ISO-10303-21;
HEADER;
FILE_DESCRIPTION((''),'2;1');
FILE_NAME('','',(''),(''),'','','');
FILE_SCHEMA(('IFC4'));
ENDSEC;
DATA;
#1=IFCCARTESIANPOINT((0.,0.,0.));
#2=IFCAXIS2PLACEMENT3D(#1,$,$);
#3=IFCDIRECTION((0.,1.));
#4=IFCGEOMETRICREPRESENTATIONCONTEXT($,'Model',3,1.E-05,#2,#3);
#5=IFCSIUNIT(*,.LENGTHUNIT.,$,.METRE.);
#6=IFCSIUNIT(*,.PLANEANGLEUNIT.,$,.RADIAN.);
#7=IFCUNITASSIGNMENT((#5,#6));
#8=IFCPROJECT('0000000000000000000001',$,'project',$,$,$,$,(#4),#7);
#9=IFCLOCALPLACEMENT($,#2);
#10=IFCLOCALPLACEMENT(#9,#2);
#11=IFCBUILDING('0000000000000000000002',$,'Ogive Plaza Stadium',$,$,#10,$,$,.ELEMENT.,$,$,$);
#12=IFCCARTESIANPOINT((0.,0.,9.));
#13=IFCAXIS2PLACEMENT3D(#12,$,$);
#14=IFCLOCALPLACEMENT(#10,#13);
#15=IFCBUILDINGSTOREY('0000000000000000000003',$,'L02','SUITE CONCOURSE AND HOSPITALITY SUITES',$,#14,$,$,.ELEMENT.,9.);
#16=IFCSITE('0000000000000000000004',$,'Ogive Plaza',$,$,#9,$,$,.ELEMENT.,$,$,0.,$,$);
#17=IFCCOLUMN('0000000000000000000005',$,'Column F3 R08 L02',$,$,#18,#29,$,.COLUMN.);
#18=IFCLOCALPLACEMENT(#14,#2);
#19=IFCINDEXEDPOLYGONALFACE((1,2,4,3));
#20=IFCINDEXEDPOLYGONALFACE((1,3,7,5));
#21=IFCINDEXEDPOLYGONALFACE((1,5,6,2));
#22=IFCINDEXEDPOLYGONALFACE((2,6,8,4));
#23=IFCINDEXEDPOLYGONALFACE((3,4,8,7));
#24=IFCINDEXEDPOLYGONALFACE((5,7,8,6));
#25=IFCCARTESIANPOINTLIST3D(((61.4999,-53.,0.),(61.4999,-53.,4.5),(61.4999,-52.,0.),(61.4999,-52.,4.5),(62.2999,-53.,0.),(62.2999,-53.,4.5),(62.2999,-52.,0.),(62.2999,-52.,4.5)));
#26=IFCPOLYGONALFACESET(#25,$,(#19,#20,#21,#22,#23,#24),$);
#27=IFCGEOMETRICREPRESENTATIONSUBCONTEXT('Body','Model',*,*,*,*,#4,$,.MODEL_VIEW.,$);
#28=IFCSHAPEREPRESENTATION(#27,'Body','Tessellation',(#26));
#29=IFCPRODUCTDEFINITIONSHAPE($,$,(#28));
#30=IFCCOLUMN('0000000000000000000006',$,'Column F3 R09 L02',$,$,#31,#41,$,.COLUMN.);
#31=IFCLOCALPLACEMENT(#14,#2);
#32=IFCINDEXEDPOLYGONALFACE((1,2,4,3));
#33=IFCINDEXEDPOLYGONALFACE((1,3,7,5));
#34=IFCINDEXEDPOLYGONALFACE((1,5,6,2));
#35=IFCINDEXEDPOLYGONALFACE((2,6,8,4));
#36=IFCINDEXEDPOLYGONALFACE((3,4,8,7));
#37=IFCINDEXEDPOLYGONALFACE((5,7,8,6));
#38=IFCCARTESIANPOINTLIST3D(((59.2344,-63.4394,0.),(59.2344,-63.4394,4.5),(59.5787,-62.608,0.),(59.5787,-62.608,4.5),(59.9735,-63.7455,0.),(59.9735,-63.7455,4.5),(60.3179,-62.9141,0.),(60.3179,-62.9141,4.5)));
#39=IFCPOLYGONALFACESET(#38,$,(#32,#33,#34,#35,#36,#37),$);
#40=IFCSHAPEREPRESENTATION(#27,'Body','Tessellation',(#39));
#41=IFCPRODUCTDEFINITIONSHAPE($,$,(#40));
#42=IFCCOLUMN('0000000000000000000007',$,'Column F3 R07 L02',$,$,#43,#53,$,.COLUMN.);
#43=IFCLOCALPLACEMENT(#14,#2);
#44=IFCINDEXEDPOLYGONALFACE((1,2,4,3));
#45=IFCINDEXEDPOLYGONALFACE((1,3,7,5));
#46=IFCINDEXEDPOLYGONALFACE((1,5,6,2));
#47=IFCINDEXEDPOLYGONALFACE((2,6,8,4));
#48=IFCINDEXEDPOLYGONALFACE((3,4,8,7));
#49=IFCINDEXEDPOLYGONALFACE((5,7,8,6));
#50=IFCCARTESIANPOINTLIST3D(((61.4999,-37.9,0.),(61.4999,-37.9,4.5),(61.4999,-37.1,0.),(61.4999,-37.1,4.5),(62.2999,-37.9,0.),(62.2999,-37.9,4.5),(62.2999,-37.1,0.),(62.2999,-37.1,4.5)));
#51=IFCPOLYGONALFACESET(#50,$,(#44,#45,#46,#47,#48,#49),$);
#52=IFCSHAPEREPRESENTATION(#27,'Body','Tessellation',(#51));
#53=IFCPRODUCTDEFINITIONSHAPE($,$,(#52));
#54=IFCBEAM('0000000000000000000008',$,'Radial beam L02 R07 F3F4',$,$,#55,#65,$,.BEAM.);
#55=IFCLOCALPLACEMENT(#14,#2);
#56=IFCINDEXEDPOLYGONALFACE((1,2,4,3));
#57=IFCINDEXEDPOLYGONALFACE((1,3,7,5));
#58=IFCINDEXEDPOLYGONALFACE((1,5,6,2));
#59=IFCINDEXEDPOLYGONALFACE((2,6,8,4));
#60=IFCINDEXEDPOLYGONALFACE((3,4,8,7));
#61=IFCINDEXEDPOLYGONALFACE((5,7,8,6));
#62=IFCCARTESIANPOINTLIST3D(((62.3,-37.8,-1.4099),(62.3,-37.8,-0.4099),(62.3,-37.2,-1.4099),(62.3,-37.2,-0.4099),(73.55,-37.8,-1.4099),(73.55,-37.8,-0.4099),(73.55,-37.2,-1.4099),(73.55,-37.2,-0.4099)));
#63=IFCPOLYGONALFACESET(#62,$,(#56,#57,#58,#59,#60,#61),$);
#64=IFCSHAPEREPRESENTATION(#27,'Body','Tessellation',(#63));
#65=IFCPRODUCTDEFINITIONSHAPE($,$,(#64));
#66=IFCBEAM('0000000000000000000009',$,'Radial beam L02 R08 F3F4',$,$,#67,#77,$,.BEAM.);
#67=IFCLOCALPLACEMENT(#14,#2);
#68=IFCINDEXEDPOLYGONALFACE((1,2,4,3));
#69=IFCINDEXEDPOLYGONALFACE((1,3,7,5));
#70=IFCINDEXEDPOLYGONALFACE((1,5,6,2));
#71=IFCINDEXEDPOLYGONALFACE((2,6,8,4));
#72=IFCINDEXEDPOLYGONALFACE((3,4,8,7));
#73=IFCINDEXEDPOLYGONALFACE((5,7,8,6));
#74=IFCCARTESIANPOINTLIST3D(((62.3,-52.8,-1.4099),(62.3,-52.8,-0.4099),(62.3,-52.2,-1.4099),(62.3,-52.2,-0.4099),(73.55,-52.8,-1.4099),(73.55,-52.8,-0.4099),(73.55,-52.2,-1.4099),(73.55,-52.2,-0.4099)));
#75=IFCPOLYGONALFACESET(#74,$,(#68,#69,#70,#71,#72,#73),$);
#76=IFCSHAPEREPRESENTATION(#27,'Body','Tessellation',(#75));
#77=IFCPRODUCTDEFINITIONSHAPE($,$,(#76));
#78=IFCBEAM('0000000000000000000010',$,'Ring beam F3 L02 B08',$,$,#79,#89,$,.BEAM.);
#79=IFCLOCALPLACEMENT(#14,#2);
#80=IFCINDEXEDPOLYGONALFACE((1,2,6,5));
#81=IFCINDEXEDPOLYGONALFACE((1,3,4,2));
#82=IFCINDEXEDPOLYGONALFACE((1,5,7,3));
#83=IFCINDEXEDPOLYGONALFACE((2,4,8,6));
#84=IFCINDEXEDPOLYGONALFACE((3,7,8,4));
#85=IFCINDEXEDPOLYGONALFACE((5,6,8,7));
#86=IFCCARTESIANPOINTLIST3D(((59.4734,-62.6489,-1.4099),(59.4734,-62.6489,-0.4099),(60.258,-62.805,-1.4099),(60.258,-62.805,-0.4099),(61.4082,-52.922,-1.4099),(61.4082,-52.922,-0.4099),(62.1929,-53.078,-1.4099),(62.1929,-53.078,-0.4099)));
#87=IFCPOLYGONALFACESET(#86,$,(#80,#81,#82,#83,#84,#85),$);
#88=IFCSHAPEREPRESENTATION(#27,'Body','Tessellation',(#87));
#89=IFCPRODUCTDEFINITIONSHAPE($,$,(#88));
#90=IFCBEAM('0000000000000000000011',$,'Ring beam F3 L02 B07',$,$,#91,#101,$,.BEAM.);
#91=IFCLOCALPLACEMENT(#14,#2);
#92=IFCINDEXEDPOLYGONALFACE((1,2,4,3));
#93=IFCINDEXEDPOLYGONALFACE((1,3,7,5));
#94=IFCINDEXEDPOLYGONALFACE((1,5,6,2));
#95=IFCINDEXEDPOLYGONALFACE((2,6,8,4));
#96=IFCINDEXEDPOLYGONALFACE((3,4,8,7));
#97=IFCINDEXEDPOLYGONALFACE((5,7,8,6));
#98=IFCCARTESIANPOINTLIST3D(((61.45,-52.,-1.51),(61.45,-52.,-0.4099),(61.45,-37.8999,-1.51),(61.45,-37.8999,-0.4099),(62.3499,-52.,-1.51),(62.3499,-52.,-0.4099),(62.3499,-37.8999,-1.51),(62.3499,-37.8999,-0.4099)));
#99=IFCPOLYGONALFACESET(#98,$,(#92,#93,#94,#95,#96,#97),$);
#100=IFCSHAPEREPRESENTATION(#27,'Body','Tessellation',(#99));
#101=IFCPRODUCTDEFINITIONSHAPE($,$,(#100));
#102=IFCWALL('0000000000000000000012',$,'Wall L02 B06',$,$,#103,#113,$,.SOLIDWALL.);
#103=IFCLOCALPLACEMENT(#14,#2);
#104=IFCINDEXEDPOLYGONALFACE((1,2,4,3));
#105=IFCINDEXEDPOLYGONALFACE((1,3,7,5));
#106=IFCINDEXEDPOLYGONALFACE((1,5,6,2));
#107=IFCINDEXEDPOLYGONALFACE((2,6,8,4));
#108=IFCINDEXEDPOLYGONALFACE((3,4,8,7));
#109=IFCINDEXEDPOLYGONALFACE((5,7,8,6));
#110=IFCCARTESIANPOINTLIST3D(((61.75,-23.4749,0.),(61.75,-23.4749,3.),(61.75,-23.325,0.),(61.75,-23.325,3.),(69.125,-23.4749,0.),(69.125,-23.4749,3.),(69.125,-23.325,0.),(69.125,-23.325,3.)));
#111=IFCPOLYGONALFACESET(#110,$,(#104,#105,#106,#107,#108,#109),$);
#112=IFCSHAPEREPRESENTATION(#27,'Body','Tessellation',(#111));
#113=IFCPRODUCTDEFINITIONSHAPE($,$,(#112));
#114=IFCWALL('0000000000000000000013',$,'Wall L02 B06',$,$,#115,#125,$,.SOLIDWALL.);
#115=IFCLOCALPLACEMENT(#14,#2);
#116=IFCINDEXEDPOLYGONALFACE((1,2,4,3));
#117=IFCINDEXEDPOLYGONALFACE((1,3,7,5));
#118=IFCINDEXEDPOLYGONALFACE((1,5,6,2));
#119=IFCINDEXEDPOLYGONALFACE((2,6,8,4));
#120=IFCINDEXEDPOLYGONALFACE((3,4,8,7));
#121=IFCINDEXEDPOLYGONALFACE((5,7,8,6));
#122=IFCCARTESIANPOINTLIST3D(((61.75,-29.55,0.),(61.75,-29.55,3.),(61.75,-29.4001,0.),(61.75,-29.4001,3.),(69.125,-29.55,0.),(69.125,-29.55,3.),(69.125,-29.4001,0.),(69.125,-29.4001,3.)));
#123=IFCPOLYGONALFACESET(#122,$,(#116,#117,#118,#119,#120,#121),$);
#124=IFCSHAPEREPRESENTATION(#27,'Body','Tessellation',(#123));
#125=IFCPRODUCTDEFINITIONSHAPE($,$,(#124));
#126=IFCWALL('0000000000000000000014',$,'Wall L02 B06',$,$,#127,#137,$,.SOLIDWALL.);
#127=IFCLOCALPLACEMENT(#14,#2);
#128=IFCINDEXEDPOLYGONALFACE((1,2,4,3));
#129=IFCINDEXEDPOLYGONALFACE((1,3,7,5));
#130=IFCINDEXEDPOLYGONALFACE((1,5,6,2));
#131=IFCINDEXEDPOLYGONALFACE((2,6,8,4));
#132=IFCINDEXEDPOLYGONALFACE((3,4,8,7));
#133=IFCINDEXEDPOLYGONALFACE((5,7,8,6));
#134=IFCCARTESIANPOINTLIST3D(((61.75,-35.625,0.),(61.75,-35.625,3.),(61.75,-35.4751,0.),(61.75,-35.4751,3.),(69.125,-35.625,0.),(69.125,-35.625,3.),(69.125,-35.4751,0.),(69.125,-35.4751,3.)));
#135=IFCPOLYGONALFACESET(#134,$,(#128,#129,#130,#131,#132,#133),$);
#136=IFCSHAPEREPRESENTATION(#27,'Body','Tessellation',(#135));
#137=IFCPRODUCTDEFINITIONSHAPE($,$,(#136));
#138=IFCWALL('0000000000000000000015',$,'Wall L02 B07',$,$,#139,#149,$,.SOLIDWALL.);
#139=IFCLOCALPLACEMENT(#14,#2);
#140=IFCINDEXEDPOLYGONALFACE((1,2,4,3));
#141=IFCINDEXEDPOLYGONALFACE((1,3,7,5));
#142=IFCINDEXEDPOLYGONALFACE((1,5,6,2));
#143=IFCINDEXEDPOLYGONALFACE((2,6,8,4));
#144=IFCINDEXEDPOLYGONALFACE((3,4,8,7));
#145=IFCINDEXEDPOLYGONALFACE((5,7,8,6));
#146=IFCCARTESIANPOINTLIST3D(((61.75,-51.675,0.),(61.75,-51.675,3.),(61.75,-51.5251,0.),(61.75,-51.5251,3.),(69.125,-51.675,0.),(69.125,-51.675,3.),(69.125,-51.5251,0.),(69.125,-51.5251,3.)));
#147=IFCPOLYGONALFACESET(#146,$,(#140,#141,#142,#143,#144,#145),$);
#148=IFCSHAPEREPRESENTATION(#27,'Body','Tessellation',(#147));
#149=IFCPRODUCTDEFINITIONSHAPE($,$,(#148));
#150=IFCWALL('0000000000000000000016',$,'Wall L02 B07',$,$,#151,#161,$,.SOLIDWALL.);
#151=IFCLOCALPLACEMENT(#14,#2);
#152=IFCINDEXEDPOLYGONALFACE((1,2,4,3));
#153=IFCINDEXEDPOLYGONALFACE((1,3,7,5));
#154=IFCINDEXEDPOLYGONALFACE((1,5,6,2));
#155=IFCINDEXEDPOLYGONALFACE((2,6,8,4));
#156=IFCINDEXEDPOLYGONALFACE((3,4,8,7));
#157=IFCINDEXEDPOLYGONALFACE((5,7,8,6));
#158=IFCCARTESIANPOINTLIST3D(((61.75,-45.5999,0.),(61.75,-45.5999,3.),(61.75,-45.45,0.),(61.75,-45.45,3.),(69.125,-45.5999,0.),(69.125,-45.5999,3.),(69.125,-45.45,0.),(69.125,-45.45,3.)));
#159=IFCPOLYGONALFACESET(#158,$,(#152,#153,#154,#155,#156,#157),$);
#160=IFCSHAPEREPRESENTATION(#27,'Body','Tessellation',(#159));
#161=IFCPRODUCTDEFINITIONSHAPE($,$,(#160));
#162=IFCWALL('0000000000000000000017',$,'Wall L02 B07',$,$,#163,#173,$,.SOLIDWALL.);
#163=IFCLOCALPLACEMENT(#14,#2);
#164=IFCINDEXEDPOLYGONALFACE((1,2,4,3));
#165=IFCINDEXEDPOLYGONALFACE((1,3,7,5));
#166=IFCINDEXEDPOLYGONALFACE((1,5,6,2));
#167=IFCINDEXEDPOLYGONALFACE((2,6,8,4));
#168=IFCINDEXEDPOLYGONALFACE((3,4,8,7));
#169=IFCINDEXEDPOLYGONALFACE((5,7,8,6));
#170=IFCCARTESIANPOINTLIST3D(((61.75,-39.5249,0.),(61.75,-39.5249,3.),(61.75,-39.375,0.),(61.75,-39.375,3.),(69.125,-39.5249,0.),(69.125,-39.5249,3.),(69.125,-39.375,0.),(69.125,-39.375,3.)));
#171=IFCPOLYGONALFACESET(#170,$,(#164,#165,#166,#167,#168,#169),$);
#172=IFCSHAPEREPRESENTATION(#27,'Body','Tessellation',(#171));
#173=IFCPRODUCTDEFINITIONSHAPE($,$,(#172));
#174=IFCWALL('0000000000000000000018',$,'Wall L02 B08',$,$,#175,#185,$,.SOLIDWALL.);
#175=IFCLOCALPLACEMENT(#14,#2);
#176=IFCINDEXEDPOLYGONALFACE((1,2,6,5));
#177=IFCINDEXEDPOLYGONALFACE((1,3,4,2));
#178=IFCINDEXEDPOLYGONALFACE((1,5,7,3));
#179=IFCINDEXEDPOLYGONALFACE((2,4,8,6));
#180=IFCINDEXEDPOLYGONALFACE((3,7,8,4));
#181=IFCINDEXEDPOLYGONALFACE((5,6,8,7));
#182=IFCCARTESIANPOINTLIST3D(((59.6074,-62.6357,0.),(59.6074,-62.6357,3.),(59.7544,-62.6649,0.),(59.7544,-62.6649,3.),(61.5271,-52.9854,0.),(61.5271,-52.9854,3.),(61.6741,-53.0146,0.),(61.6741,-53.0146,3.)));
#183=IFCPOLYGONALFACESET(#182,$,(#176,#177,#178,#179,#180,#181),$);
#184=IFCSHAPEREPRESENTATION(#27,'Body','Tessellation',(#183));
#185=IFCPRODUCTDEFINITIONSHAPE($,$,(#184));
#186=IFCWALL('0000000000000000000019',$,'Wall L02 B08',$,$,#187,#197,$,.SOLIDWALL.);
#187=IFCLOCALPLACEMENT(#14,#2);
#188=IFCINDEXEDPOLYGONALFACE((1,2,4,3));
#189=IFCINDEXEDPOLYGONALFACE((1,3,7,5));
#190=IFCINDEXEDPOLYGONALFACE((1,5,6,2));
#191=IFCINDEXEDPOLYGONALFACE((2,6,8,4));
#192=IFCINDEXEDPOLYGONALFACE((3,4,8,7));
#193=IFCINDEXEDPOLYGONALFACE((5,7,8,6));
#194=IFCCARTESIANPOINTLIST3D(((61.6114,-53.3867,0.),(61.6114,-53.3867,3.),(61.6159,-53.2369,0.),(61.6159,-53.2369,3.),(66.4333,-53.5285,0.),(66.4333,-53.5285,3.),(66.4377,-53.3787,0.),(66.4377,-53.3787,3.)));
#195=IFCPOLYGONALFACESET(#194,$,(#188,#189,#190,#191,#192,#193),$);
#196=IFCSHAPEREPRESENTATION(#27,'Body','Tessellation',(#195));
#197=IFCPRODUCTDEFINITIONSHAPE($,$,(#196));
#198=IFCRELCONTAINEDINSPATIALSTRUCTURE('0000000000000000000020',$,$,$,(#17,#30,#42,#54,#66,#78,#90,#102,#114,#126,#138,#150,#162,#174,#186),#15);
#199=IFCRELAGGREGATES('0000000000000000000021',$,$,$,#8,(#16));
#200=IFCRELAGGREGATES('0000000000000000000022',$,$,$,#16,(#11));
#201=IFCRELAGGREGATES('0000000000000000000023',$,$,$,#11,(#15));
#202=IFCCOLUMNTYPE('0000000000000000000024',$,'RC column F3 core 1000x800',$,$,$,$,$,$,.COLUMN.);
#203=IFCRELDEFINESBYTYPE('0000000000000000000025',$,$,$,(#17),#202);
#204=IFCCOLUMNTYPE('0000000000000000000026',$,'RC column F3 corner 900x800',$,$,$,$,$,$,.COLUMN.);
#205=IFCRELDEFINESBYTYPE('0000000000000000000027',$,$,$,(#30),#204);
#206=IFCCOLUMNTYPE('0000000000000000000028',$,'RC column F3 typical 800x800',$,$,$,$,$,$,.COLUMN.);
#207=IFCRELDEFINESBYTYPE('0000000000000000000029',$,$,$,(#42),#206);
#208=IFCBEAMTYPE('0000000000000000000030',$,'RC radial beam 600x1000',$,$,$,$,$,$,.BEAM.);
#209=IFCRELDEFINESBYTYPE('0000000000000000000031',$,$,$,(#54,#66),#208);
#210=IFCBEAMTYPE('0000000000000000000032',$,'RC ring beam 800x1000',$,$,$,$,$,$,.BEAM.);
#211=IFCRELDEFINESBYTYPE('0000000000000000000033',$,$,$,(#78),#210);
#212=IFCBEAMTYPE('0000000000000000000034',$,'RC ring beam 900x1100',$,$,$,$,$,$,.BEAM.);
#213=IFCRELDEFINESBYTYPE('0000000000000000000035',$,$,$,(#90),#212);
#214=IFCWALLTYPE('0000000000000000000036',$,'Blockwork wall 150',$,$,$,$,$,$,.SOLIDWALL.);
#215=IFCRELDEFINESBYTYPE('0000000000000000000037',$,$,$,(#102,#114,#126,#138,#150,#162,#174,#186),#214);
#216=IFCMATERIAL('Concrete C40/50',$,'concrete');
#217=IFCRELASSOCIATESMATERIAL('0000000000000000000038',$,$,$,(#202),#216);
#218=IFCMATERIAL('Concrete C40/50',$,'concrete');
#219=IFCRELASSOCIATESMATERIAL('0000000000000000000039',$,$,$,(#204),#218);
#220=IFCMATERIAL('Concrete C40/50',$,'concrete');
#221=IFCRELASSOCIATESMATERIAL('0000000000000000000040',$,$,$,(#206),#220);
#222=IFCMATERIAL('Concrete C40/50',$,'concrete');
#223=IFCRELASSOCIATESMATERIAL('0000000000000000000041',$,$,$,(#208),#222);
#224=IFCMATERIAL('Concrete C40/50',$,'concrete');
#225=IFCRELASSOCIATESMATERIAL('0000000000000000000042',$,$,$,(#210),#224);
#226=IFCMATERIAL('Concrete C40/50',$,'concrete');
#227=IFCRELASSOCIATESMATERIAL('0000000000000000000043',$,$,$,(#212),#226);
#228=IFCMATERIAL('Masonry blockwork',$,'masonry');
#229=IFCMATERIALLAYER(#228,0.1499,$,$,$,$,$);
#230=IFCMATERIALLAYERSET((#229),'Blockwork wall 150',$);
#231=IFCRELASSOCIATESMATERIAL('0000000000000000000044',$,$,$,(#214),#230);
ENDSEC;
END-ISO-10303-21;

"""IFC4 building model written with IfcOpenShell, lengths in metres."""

from ifc_helpers import new_model, si_unit, direction, frame, frame_2d, origin, origin_2d, place, context, subcontext, project, spatial, rectangle, extrude, material, layer, layer_set, material_profile, profile_set, type_object, element, save


model = new_model("IFC4")

# Units and contexts
model_context = context("Model", 3, precision=1e-05, world=origin(), true_north=direction((0.0, 1.0)))
body_context = subcontext(model_context, "Body", "Model", "MODEL_VIEW")
ifc_project = project(units=[si_unit("LENGTHUNIT", "METRE"), si_unit("PLANEANGLEUNIT", "RADIAN")], contexts=[model_context])

# Site, building, storey
site_placement = place(None, origin())
site = spatial("IfcSite", under=ifc_project, at=site_placement, Name="Ogive Plaza", CompositionType="ELEMENT", RefElevation=0.0)
building_placement = place(site_placement, origin())
building = spatial("IfcBuilding", under=site, at=building_placement, Name="Ogive Plaza Stadium", CompositionType="ELEMENT")
storey_placement = place(building_placement, frame((0.0, 0.0, 9.0)))
storey = spatial("IfcBuildingStorey", under=building, at=storey_placement, Name="L02", Description="SUITE CONCOURSE AND HOSPITALITY SUITES", CompositionType="ELEMENT", Elevation=9.0)

# Columns
ifc_material_1 = material(Name="Concrete C40/50", Category="concrete")
ifc_material_profile_1 = material_profile(ifc_material_1, rectangle(XDim=1.0, YDim=0.8, at=origin_2d()), Name="RC 1000x800")
ifc_profile_set_1 = profile_set([ifc_material_profile_1], Name="Concrete C40/50")
column_type_1 = type_object("IfcColumnType", Name="RC column F3 core 1000x800", PredefinedType="COLUMN", material=ifc_profile_set_1)
column_1_placement = place(storey_placement, frame((61.8999, -52.5, 0.0), z_axis=(0.0, 0.0, 1.0), x_axis=(0.0, 1.0, 0.0)))
element("IfcColumn", 1, at=column_1_placement, inside=storey, type_object=column_type_1, Name="Column F3 R08 L02", PredefinedType="COLUMN", context=body_context, shape_type="SweptSolid", body=[
    extrude(rectangle(XDim=1.0, YDim=0.8, at=origin_2d()), origin(), (0.0, 0.0, 1.0), 4.5),
])
ifc_material_2 = material(Name="Concrete C40/50", Category="concrete")
ifc_material_profile_2 = material_profile(ifc_material_2, rectangle(XDim=0.8999, YDim=0.8, at=origin_2d()), Name="RC 900x800")
ifc_profile_set_2 = profile_set([ifc_material_profile_2], Name="Concrete C40/50")
column_type_2 = type_object("IfcColumnType", Name="RC column F3 corner 900x800", PredefinedType="COLUMN", material=ifc_profile_set_2)
column_2_placement = place(storey_placement, frame((59.7761, -63.1768, 0.0), z_axis=(0.0, 0.0, 1.0), x_axis=(0.382683, 0.92388, 0.0)))
element("IfcColumn", 2, at=column_2_placement, inside=storey, type_object=column_type_2, Name="Column F3 R09 L02", PredefinedType="COLUMN", context=body_context, shape_type="SweptSolid", body=[
    extrude(rectangle(XDim=0.8999, YDim=0.8, at=origin_2d()), origin(), (0.0, 0.0, 1.0), 4.5),
])
ifc_material_3 = material(Name="Concrete C40/50", Category="concrete")
ifc_material_profile_3 = material_profile(ifc_material_3, rectangle(XDim=0.8, YDim=0.8, at=origin_2d()), Name="RC 800x800")
ifc_profile_set_3 = profile_set([ifc_material_profile_3], Name="Concrete C40/50")
column_type_3 = type_object("IfcColumnType", Name="RC column F3 typical 800x800", PredefinedType="COLUMN", material=ifc_profile_set_3)
column_3_placement = place(storey_placement, frame((61.8999, -37.5, 0.0), z_axis=(0.0, 0.0, 1.0), x_axis=(0.0, 1.0, 0.0)))
element("IfcColumn", 3, at=column_3_placement, inside=storey, type_object=column_type_3, Name="Column F3 R07 L02", PredefinedType="COLUMN", context=body_context, shape_type="SweptSolid", body=[
    extrude(rectangle(XDim=0.8, YDim=0.8, at=origin_2d()), origin(), (0.0, 0.0, 1.0), 4.5),
])

# Beams
ifc_material_4 = material(Name="Concrete C40/50", Category="concrete")
ifc_material_profile_4 = material_profile(ifc_material_4, rectangle(XDim=0.6001, YDim=1.0, at=origin_2d()), Name="RC 600x1000")
ifc_profile_set_4 = profile_set([ifc_material_profile_4], Name="Concrete C40/50")
beam_type_1 = type_object("IfcBeamType", Name="RC radial beam 600x1000", PredefinedType="BEAM", material=ifc_profile_set_4)
for number, where, z_axis, x_axis, name in (
    (4, (62.3, -37.5, -0.9099), (1.0, 0.0, 0.0), (0.0, 1.0, 0.0), "Radial beam L02 R07 F3F4"),
    (5, (62.3, -52.5, -0.9099), (1.0, 0.0, 0.0), (0.0, 1.0, 0.0), "Radial beam L02 R08 F3F4"),
):
    element("IfcBeam", number, at=place(storey_placement, frame(where, z_axis=z_axis, x_axis=x_axis)), inside=storey, type_object=beam_type_1, Name=name, PredefinedType="BEAM", context=body_context, shape_type="SweptSolid", body=[
        extrude(rectangle(XDim=0.6001, YDim=1.0, at=origin_2d()), origin(), (0.0, 0.0, 1.0), 11.25),
    ])
ifc_material_5 = material(Name="Concrete C40/50", Category="concrete")
ifc_material_profile_5 = material_profile(ifc_material_5, rectangle(XDim=0.8, YDim=1.0, at=origin_2d()), Name="RC 800x1000")
ifc_profile_set_5 = profile_set([ifc_material_profile_5], Name="Concrete C40/50")
beam_type_2 = type_object("IfcBeamType", Name="RC ring beam 800x1000", PredefinedType="BEAM", material=ifc_profile_set_5)
beam_1_placement = place(storey_placement, frame((61.8005, -53.0, -0.9099), z_axis=(-0.195093, -0.980785, 0.0), x_axis=(0.980785, -0.195093, 0.0)))
element("IfcBeam", 6, at=beam_1_placement, inside=storey, type_object=beam_type_2, Name="Ring beam F3 L02 B08", PredefinedType="BEAM", context=body_context, shape_type="SweptSolid", body=[
    extrude(rectangle(XDim=0.8, YDim=1.0, at=origin_2d()), origin(), (0.0, 0.0, 1.0), 9.9175),
])
ifc_material_6 = material(Name="Concrete C40/50", Category="concrete")
ifc_material_profile_6 = material_profile(ifc_material_6, rectangle(XDim=0.8999, YDim=1.1001, at=origin_2d()), Name="RC 900x1100")
ifc_profile_set_6 = profile_set([ifc_material_profile_6], Name="Concrete C40/50")
beam_type_3 = type_object("IfcBeamType", Name="RC ring beam 900x1100", PredefinedType="BEAM", material=ifc_profile_set_6)
beam_2_placement = place(storey_placement, frame((61.8999, -37.8999, -0.96), z_axis=(0.0, -1.0, 0.0), x_axis=(1.0, 0.0, 0.0)))
element("IfcBeam", 7, at=beam_2_placement, inside=storey, type_object=beam_type_3, Name="Ring beam F3 L02 B07", PredefinedType="BEAM", context=body_context, shape_type="SweptSolid", body=[
    extrude(rectangle(XDim=0.8999, YDim=1.1001, at=origin_2d()), origin(), (0.0, 0.0, 1.0), 14.1001),
])

# Walls
ifc_material_7 = material(Name="Masonry blockwork", Category="masonry")
ifc_layer_1 = layer(ifc_material_7, 0.1499)
ifc_layer_set_1 = layer_set([ifc_layer_1], Name="Blockwork wall 150")
wall_type_1 = type_object("IfcWallType", Name="Blockwork wall 150", PredefinedType="SOLIDWALL", material=ifc_layer_set_1)
for number, where, z_axis, x_axis, name in (
    (8, (61.75, -23.3999, 0.0), (0.0, 0.0, 1.0), (1.0, 0.0, 0.0), "Wall L02 B06"),
    (9, (61.75, -29.4751, 0.0), (0.0, 0.0, 1.0), (1.0, 0.0, 0.0), "Wall L02 B06"),
    (10, (61.75, -35.55, 0.0), (0.0, 0.0, 1.0), (1.0, 0.0, 0.0), "Wall L02 B06"),
    (11, (61.75, -51.6001, 0.0), (0.0, 0.0, 1.0), (1.0, 0.0, 0.0), "Wall L02 B07"),
    (12, (61.75, -45.5249, 0.0), (0.0, 0.0, 1.0), (1.0, 0.0, 0.0), "Wall L02 B07"),
    (13, (61.75, -39.45, 0.0), (0.0, 0.0, 1.0), (1.0, 0.0, 0.0), "Wall L02 B07"),
):
    element("IfcWall", number, at=place(storey_placement, frame(where, z_axis=z_axis, x_axis=x_axis)), inside=storey, type_object=wall_type_1, Name=name, PredefinedType="SOLIDWALL", context=body_context, shape_type="SweptSolid", body=[
        extrude(rectangle(XDim=7.375, YDim=0.1499, at=frame_2d((3.6875, 0.0))), origin(), (0.0, 0.0, 1.0), 3.0),
    ])
wall_1_placement = place(storey_placement, frame((61.6006, -53.0, 0.0), z_axis=(0.0, 0.0, 1.0), x_axis=(-0.1951, -0.980783, 0.0)))
element("IfcWall", 14, at=wall_1_placement, inside=storey, type_object=wall_type_1, Name="Wall L02 B08", PredefinedType="SOLIDWALL", context=body_context, shape_type="SweptSolid", body=[
    extrude(rectangle(XDim=9.8394, YDim=0.1499, at=frame_2d((4.9197, 0.0))), origin(), (0.0, 0.0, 1.0), 3.0),
])
wall_2_placement = place(storey_placement, frame((61.6135, -53.3118, 0.0), z_axis=(0.0, 0.0, 1.0), x_axis=(0.999568, -0.029405, 0.0)))
element("IfcWall", 15, at=wall_2_placement, inside=storey, type_object=wall_type_1, Name="Wall L02 B08", PredefinedType="SOLIDWALL", context=body_context, shape_type="SweptSolid", body=[
    extrude(rectangle(XDim=4.824, YDim=0.1499, at=frame_2d((2.4121, 0.0))), origin(), (0.0, 0.0, 1.0), 3.0),
])

save(model, "model.ifc")
